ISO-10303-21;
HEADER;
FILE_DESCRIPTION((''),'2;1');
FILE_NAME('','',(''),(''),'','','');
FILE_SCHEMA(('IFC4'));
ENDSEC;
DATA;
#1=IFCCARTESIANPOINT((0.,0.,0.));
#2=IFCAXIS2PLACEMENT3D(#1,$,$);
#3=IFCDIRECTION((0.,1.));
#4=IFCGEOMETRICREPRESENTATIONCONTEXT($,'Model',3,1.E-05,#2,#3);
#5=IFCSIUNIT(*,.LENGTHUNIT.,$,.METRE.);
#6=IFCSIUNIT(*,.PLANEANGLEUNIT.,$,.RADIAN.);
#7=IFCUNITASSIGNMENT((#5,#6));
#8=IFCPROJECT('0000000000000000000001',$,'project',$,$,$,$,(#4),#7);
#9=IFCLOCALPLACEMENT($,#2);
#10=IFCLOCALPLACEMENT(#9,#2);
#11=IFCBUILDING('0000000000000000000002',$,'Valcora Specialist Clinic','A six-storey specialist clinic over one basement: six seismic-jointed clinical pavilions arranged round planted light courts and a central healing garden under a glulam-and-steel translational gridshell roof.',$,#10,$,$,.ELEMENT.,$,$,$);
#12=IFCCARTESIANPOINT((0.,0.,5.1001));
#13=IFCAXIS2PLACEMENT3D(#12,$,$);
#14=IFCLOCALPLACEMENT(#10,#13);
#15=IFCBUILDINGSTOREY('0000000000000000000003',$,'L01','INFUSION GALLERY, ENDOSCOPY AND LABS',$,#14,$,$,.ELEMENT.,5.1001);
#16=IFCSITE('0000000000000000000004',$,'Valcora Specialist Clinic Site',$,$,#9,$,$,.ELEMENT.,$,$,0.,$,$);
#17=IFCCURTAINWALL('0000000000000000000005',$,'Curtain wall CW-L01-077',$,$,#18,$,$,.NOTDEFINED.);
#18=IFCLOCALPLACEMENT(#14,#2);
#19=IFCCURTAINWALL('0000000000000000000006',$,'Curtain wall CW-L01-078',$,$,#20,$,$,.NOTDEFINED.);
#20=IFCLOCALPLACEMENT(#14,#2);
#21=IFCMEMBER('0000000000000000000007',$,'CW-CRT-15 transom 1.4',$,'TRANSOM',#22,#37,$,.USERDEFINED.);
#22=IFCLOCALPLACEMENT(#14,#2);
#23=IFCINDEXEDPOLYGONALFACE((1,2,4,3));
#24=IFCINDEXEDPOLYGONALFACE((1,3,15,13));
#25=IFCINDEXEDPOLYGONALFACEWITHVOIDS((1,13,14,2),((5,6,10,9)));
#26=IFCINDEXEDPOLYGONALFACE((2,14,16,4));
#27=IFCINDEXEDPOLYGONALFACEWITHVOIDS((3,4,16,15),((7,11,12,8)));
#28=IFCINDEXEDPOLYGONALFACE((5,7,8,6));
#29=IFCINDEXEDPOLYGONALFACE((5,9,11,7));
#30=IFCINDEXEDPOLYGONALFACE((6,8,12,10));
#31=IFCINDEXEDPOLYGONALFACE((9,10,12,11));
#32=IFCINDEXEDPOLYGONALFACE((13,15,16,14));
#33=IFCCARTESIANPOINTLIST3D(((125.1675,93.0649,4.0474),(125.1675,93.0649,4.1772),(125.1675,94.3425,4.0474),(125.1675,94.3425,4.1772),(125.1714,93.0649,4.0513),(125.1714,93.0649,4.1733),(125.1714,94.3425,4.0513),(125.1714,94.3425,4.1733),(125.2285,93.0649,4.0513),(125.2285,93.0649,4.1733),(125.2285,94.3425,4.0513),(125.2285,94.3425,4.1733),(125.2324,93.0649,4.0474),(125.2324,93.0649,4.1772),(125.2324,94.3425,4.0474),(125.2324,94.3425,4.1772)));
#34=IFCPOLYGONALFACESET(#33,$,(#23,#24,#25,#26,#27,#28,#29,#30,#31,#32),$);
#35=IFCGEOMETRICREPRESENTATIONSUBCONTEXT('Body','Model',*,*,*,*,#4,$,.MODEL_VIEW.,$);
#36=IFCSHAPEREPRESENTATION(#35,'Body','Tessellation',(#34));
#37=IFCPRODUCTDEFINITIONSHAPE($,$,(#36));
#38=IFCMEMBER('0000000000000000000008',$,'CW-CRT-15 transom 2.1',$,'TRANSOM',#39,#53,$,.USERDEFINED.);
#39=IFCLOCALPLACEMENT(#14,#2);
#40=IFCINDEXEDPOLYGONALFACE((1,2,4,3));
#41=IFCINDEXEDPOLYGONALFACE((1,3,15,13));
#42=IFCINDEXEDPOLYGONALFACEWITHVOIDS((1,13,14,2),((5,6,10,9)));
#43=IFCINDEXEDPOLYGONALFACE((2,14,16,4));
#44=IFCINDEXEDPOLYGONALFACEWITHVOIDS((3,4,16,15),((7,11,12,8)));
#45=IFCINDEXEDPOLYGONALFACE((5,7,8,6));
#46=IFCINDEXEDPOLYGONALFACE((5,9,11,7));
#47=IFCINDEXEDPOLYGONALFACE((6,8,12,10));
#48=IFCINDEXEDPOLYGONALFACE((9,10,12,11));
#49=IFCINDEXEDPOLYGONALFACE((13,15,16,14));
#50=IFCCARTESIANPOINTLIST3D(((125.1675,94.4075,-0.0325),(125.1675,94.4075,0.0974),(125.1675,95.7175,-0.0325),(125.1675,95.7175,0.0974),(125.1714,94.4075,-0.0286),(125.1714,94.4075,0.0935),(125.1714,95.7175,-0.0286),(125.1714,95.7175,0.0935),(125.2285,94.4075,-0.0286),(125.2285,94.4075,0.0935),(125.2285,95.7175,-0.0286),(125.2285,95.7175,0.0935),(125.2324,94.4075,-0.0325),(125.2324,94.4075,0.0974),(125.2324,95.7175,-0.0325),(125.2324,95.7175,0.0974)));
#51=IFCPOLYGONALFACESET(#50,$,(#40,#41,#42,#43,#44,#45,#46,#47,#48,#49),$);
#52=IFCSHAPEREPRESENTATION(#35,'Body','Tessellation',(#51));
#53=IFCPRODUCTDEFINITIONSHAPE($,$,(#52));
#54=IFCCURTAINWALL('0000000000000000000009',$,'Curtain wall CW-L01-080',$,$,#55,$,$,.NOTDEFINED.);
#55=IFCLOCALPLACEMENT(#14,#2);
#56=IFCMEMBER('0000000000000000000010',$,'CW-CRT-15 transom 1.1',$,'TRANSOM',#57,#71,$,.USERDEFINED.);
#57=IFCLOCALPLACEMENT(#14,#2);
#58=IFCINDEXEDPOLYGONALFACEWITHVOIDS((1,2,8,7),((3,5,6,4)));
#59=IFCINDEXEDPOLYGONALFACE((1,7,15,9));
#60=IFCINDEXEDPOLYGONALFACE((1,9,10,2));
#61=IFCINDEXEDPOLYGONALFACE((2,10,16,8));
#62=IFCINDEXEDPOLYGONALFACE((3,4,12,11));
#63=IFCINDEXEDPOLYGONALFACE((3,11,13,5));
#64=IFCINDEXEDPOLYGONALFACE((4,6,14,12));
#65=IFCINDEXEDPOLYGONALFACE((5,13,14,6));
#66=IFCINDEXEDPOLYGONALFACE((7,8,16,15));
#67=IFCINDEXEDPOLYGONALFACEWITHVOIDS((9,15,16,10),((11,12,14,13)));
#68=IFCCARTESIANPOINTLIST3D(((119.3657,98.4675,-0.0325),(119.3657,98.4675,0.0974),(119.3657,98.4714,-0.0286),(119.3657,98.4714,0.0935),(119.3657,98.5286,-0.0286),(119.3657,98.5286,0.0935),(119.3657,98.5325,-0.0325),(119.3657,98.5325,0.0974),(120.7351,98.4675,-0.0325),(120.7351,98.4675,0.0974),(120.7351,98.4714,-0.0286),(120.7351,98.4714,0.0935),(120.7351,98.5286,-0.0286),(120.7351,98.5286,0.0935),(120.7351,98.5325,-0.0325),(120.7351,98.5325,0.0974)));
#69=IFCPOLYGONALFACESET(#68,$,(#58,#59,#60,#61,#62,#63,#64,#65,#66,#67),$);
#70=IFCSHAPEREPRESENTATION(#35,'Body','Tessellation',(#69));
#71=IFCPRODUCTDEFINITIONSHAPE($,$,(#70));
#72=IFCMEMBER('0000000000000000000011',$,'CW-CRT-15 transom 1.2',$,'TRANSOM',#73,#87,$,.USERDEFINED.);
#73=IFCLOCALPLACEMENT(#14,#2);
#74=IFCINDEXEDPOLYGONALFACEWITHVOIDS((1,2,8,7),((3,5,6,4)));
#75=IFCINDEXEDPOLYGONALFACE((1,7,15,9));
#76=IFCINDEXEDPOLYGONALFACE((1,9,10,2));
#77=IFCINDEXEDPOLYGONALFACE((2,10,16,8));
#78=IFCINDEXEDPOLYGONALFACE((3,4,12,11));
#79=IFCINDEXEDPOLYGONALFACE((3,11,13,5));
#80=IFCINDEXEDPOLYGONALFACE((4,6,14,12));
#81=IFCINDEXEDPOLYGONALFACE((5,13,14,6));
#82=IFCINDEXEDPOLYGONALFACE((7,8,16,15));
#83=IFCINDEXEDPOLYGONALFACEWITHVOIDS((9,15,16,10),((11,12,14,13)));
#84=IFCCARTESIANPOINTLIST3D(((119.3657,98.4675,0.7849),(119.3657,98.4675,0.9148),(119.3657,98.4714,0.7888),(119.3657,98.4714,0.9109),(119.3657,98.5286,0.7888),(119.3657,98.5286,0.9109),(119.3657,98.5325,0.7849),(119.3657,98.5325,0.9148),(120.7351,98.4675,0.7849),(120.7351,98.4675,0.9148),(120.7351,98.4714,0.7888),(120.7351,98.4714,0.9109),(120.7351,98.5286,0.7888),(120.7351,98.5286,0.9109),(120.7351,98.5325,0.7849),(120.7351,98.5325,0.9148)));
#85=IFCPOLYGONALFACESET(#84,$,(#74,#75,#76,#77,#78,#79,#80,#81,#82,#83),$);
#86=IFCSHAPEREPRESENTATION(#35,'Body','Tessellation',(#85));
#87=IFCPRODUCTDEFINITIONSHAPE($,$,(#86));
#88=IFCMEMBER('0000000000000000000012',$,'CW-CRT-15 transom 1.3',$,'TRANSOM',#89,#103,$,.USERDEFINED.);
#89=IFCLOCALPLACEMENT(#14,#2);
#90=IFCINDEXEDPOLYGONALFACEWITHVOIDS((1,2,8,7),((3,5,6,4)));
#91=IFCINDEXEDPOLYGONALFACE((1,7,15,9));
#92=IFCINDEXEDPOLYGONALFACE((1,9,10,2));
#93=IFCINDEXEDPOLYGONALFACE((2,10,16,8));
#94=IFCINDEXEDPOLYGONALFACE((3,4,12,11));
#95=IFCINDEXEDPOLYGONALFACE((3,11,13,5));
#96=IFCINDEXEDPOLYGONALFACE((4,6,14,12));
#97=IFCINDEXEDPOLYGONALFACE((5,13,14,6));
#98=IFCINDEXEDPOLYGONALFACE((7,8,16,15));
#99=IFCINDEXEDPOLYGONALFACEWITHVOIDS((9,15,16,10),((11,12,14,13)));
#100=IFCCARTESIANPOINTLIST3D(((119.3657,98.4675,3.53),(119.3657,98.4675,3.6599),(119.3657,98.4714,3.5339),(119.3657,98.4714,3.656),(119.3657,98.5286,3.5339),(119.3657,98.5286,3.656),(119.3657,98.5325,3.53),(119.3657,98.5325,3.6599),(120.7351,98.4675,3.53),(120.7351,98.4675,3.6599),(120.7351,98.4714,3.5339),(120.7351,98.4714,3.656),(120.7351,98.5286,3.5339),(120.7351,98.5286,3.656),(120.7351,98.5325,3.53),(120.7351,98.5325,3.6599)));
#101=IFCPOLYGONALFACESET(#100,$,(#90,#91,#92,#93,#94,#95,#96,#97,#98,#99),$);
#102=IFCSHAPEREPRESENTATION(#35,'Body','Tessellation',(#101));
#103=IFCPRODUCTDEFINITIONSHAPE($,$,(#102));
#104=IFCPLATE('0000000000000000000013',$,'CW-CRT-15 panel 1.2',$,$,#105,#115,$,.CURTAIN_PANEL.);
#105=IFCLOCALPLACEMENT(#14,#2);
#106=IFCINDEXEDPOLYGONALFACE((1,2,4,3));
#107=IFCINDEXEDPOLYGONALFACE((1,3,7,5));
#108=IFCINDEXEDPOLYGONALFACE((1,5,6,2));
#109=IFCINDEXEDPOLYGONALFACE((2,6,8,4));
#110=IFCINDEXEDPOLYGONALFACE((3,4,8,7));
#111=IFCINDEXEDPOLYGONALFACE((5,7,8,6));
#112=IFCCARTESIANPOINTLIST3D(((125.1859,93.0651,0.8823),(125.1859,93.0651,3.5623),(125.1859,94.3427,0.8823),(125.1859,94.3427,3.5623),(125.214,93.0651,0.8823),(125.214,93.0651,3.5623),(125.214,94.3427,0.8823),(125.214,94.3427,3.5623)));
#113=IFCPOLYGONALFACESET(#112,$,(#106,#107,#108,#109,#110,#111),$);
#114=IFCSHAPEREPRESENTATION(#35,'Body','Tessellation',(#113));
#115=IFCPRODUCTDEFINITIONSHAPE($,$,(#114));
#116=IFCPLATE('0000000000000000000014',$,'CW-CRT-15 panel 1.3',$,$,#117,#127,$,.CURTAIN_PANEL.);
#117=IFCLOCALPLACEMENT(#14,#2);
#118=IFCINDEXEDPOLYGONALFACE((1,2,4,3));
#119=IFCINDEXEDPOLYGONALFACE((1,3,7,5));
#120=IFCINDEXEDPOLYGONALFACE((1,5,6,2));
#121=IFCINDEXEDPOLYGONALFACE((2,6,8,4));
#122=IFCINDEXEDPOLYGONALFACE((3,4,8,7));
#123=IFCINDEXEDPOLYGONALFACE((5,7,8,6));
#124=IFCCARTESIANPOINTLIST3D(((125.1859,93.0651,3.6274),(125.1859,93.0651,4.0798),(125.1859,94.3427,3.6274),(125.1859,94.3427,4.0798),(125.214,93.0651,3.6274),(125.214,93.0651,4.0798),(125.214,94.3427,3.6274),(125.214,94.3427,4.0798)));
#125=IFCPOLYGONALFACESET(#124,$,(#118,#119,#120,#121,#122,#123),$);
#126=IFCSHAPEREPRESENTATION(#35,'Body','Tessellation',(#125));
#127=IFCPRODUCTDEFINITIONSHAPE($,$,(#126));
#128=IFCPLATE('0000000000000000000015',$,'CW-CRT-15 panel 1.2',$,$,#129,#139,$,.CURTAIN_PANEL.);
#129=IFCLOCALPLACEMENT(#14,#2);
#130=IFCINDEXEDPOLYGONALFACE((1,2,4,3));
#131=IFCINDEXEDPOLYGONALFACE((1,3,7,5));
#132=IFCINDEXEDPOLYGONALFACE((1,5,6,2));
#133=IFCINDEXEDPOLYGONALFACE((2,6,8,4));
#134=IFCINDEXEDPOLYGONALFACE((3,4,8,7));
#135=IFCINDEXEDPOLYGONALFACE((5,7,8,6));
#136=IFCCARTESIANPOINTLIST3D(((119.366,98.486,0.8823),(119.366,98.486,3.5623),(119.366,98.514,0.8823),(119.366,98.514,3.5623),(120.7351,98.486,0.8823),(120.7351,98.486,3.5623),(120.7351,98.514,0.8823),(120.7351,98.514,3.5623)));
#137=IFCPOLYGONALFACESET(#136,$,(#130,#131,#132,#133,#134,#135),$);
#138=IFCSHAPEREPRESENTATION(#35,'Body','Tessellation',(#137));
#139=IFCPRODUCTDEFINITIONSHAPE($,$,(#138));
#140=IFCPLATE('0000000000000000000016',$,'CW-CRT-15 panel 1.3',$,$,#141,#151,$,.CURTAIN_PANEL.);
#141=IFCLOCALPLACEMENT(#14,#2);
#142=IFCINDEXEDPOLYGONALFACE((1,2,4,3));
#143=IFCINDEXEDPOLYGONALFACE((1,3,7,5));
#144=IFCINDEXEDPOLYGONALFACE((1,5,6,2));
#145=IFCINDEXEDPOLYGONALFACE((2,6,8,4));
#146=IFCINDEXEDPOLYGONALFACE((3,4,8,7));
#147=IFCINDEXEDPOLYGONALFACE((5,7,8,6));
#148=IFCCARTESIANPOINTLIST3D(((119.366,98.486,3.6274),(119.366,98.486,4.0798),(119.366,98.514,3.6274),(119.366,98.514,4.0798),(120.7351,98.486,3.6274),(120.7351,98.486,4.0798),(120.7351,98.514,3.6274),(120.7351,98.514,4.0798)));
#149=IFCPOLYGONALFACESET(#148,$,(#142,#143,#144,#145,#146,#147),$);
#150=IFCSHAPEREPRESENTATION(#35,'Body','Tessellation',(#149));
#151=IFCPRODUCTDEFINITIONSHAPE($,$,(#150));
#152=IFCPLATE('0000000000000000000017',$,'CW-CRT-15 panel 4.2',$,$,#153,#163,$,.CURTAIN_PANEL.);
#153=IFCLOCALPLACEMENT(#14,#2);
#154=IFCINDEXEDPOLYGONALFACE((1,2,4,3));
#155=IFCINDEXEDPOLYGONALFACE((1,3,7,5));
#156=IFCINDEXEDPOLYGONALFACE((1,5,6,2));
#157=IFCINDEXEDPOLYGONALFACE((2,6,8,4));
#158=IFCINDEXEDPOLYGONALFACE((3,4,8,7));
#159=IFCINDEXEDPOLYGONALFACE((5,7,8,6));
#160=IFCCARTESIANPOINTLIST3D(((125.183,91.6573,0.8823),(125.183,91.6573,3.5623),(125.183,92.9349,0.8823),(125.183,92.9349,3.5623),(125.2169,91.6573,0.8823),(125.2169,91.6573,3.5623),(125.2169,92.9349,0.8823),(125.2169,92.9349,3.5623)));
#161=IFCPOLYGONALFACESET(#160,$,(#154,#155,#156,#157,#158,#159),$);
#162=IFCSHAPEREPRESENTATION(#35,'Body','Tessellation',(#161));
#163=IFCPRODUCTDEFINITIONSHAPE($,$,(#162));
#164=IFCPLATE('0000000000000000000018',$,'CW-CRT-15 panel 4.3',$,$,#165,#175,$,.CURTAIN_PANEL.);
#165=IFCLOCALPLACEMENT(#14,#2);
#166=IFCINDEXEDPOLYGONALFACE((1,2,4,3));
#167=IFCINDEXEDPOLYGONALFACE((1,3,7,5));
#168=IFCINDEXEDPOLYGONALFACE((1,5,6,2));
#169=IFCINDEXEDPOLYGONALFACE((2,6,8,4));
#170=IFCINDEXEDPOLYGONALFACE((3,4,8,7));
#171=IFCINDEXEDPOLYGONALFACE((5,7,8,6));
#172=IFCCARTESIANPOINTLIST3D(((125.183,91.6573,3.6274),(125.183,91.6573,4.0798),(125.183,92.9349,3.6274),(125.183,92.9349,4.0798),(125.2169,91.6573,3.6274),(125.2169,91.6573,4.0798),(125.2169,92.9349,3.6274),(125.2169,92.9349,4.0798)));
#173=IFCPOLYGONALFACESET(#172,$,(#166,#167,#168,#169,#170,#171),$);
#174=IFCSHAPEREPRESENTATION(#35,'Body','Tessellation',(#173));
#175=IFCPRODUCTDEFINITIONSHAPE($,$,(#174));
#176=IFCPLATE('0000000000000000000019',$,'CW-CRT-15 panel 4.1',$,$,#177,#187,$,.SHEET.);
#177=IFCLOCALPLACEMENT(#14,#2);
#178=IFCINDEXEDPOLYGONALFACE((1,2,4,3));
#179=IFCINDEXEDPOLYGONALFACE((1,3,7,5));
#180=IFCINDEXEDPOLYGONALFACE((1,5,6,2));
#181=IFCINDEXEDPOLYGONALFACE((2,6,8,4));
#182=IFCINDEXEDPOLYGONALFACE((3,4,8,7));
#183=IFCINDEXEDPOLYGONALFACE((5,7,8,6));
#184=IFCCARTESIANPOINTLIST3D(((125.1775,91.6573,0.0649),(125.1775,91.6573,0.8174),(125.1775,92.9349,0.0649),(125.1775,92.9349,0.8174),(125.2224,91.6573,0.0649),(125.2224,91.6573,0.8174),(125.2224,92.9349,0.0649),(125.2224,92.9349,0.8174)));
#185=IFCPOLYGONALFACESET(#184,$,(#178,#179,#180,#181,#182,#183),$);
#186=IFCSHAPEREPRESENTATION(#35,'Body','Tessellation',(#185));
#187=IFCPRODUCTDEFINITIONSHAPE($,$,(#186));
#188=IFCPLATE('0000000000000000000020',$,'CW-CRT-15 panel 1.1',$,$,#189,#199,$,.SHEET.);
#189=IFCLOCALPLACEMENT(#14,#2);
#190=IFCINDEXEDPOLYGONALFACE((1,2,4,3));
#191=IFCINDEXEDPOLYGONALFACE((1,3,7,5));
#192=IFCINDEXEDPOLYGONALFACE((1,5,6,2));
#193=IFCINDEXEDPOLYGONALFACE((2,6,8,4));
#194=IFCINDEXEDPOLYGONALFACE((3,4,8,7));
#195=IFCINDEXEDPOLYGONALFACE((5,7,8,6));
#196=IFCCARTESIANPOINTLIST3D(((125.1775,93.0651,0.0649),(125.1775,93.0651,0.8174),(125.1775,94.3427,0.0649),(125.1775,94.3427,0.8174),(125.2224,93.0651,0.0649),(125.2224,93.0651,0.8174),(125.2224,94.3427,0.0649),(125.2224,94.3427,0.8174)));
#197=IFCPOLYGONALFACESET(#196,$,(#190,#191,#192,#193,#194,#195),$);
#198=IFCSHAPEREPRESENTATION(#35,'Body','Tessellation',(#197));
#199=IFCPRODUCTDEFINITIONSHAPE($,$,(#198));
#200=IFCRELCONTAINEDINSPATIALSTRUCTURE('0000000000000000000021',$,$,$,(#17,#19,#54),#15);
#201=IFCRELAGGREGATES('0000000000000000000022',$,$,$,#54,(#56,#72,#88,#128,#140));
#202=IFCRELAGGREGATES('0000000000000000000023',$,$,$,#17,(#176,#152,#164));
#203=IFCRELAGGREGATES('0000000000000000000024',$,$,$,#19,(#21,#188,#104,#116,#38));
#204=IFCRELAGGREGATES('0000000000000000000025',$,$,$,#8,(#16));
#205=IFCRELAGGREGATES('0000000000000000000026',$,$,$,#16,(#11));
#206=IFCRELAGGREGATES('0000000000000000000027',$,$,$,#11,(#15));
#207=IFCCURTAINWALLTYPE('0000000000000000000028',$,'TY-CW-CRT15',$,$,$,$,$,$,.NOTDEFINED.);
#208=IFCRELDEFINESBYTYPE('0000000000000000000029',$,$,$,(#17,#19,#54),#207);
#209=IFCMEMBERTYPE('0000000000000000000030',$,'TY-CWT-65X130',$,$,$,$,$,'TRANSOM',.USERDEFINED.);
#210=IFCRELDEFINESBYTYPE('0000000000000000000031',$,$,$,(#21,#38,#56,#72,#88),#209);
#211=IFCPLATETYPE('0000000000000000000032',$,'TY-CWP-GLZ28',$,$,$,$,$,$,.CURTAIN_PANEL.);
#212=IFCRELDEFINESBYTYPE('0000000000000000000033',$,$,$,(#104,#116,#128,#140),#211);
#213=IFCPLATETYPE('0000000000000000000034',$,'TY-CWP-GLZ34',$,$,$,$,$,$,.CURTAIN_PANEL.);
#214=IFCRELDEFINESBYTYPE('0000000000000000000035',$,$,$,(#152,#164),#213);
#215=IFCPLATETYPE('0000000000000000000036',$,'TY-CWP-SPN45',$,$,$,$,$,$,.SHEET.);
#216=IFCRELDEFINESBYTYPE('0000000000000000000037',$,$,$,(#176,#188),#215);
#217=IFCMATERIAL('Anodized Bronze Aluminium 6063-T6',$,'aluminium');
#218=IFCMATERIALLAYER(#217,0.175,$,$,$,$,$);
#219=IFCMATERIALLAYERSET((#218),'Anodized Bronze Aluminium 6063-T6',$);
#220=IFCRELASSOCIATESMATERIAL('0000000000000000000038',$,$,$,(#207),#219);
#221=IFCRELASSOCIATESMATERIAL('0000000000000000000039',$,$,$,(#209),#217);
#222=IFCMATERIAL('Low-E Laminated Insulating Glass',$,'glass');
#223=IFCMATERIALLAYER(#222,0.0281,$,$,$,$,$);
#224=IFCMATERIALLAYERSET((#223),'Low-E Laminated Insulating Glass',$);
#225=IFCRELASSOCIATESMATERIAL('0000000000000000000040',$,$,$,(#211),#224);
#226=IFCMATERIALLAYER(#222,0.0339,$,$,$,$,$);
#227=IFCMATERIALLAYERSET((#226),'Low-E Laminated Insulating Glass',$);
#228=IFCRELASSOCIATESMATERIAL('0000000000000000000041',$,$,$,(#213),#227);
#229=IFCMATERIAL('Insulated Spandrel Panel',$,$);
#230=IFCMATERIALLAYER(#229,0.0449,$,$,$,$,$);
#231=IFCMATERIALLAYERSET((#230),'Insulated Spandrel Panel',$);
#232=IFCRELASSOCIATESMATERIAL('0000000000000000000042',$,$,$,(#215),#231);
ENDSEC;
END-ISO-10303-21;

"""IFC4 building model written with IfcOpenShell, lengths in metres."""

from ifc_helpers import new_model, si_unit, direction, frame, origin, origin_2d, place, context, subcontext, project, spatial, rectangle, hollow_rectangle, extrude, material, layer, layer_set, material_profile, profile_set, type_object, element, aggregate, save


model = new_model("IFC4")

# Units and contexts
model_context = context("Model", 3, precision=1e-05, world=origin(), true_north=direction((0.0, 1.0)))
body_context = subcontext(model_context, "Body", "Model", "MODEL_VIEW")
ifc_project = project(units=[si_unit("LENGTHUNIT", "METRE"), si_unit("PLANEANGLEUNIT", "RADIAN")], contexts=[model_context])

# Site, building, storey
site_placement = place(None, origin())
site = spatial("IfcSite", under=ifc_project, at=site_placement, Name="Valcora Specialist Clinic Site", CompositionType="ELEMENT", RefElevation=0.0)
building_placement = place(site_placement, origin())
building = spatial("IfcBuilding", under=site, at=building_placement, Name="Valcora Specialist Clinic", Description="A six-storey specialist clinic over one basement: six seismic-jointed clinical pavilions arranged round planted light courts and a central healing garden under a glulam-and-steel translational gridshell roof.", CompositionType="ELEMENT")
storey_placement = place(building_placement, frame((0.0, 0.0, 5.1001)))
storey = spatial("IfcBuildingStorey", under=building, at=storey_placement, Name="L01", Description="INFUSION GALLERY, ENDOSCOPY AND LABS", CompositionType="ELEMENT", Elevation=5.1001)

# Curtain walls
ifc_material_1 = material(Name="Anodized Bronze Aluminium 6063-T6", Category="aluminium")
ifc_layer_1 = layer(ifc_material_1, 0.175)
ifc_layer_set_1 = layer_set([ifc_layer_1], Name="Anodized Bronze Aluminium 6063-T6")
curtain_wall_type = type_object("IfcCurtainWallType", Name="TY-CW-CRT15", PredefinedType="NOTDEFINED", material=ifc_layer_set_1)
curtain_wall_1_placement = place(storey_placement, origin())
curtain_wall_1 = element("IfcCurtainWall", 1, at=curtain_wall_1_placement, inside=storey, type_object=curtain_wall_type, Name="Curtain wall CW-L01-077", PredefinedType="NOTDEFINED")
curtain_wall_2_placement = place(storey_placement, origin())
curtain_wall_2 = element("IfcCurtainWall", 2, at=curtain_wall_2_placement, inside=storey, type_object=curtain_wall_type, Name="Curtain wall CW-L01-078", PredefinedType="NOTDEFINED")

# Members
ifc_material_profile_1 = material_profile(ifc_material_1, hollow_rectangle(XDim=0.0649, YDim=0.1299, WallThickness=0.0039, at=origin_2d()), Name="AL-TRN-65X130")
ifc_profile_set_1 = profile_set([ifc_material_profile_1], Name="Anodized Bronze Aluminium 6063-T6")
member_type_1 = type_object("IfcMemberType", Name="TY-CWT-65X130", ElementType="TRANSOM", PredefinedType="USERDEFINED", material=ifc_profile_set_1)
member_1_placement = place(storey_placement, frame((125.2, 93.0649, 4.1123), z_axis=(0.0, 1.0, 0.0), x_axis=(-1.0, 0.0, 0.0)))
member_1 = element("IfcMember", 3, at=member_1_placement, type_object=member_type_1, Name="CW-CRT-15 transom 1.4", ObjectType="TRANSOM", PredefinedType="USERDEFINED", context=body_context, shape_type="SweptSolid", body=[
    extrude(hollow_rectangle(XDim=0.0649, YDim=0.1299, WallThickness=0.0039, at=origin_2d()), origin(), (0.0, 0.0, 1.0), 1.2776),
])
member_2_placement = place(storey_placement, frame((125.2, 94.4075, 0.0325), z_axis=(0.0, 1.0, 0.0), x_axis=(-1.0, 0.0, 0.0)))
member_2 = element("IfcMember", 4, at=member_2_placement, type_object=member_type_1, Name="CW-CRT-15 transom 2.1", ObjectType="TRANSOM", PredefinedType="USERDEFINED", context=body_context, shape_type="SweptSolid", body=[
    extrude(hollow_rectangle(XDim=0.0649, YDim=0.1299, WallThickness=0.0039, at=origin_2d()), origin(), (0.0, 0.0, 1.0), 1.3101),
])

# Curtain wall, members
curtain_wall_3_placement = place(storey_placement, origin())
curtain_wall_3 = element("IfcCurtainWall", 5, at=curtain_wall_3_placement, inside=storey, type_object=curtain_wall_type, Name="Curtain wall CW-L01-080", PredefinedType="NOTDEFINED")
member_3_placement = place(storey_placement, frame((120.7351, 98.5, 0.0325), z_axis=(-1.0, 0.0, 0.0), x_axis=(0.0, -1.0, 0.0)))
member_3 = element("IfcMember", 6, at=member_3_placement, type_object=member_type_1, Name="CW-CRT-15 transom 1.1", ObjectType="TRANSOM", PredefinedType="USERDEFINED", context=body_context, shape_type="SweptSolid", body=[
    extrude(hollow_rectangle(XDim=0.0649, YDim=0.1299, WallThickness=0.0039, at=origin_2d()), origin(), (0.0, 0.0, 1.0), 1.3694),
])
member_4_placement = place(storey_placement, frame((120.7351, 98.5, 0.8499), z_axis=(-1.0, 0.0, 0.0), x_axis=(0.0, -1.0, 0.0)))
member_4 = element("IfcMember", 7, at=member_4_placement, type_object=member_type_1, Name="CW-CRT-15 transom 1.2", ObjectType="TRANSOM", PredefinedType="USERDEFINED", context=body_context, shape_type="SweptSolid", body=[
    extrude(hollow_rectangle(XDim=0.0649, YDim=0.1299, WallThickness=0.0039, at=origin_2d()), origin(), (0.0, 0.0, 1.0), 1.3694),
])
member_5_placement = place(storey_placement, frame((120.7351, 98.5, 3.595), z_axis=(-1.0, 0.0, 0.0), x_axis=(0.0, -1.0, 0.0)))
member_5 = element("IfcMember", 8, at=member_5_placement, type_object=member_type_1, Name="CW-CRT-15 transom 1.3", ObjectType="TRANSOM", PredefinedType="USERDEFINED", context=body_context, shape_type="SweptSolid", body=[
    extrude(hollow_rectangle(XDim=0.0649, YDim=0.1299, WallThickness=0.0039, at=origin_2d()), origin(), (0.0, 0.0, 1.0), 1.3694),
])

# Plates
ifc_material_2 = material(Name="Low-E Laminated Insulating Glass", Category="glass")
ifc_layer_2 = layer(ifc_material_2, 0.0281)
ifc_layer_set_2 = layer_set([ifc_layer_2], Name="Low-E Laminated Insulating Glass")
plate_type_1 = type_object("IfcPlateType", Name="TY-CWP-GLZ28", PredefinedType="CURTAIN_PANEL", material=ifc_layer_set_2)
plate_1_placement = place(storey_placement, frame((125.2, 93.7039, 0.8823), z_axis=(0.0, 0.0, 1.0), x_axis=(0.0, 1.0, 0.0)))
plate_1 = element("IfcPlate", 9, at=plate_1_placement, type_object=plate_type_1, Name="CW-CRT-15 panel 1.2", PredefinedType="CURTAIN_PANEL", context=body_context, shape_type="SweptSolid", body=[
    extrude(rectangle(XDim=1.2776, YDim=0.0281, at=origin_2d()), origin(), (0.0, 0.0, 1.0), 2.6799),
])
plate_2_placement = place(storey_placement, frame((125.2, 93.7039, 3.6274), z_axis=(0.0, 0.0, 1.0), x_axis=(0.0, 1.0, 0.0)))
plate_2 = element("IfcPlate", 10, at=plate_2_placement, type_object=plate_type_1, Name="CW-CRT-15 panel 1.3", PredefinedType="CURTAIN_PANEL", context=body_context, shape_type="SweptSolid", body=[
    extrude(rectangle(XDim=1.2776, YDim=0.0281, at=origin_2d()), origin(), (0.0, 0.0, 1.0), 0.4524),
])
plate_3_placement = place(storey_placement, frame((120.0505, 98.5, 0.8823), z_axis=(0.0, 0.0, 1.0), x_axis=(-1.0, 0.0, 0.0)))
plate_3 = element("IfcPlate", 11, at=plate_3_placement, type_object=plate_type_1, Name="CW-CRT-15 panel 1.2", PredefinedType="CURTAIN_PANEL", context=body_context, shape_type="SweptSolid", body=[
    extrude(rectangle(XDim=1.3691, YDim=0.0281, at=origin_2d()), origin(), (0.0, 0.0, 1.0), 2.6799),
])
plate_4_placement = place(storey_placement, frame((120.0505, 98.5, 3.6274), z_axis=(0.0, 0.0, 1.0), x_axis=(-1.0, 0.0, 0.0)))
plate_4 = element("IfcPlate", 12, at=plate_4_placement, type_object=plate_type_1, Name="CW-CRT-15 panel 1.3", PredefinedType="CURTAIN_PANEL", context=body_context, shape_type="SweptSolid", body=[
    extrude(rectangle(XDim=1.3691, YDim=0.0281, at=origin_2d()), origin(), (0.0, 0.0, 1.0), 0.4524),
])
aggregate(curtain_wall_3, [member_3, member_4, member_5, plate_3, plate_4])
ifc_layer_3 = layer(ifc_material_2, 0.0339)
ifc_layer_set_3 = layer_set([ifc_layer_3], Name="Low-E Laminated Insulating Glass")
plate_type_2 = type_object("IfcPlateType", Name="TY-CWP-GLZ34", PredefinedType="CURTAIN_PANEL", material=ifc_layer_set_3)
plate_5_placement = place(storey_placement, frame((125.2, 92.2961, 0.8823), z_axis=(0.0, 0.0, 1.0), x_axis=(0.0, 1.0, 0.0)))
plate_5 = element("IfcPlate", 13, at=plate_5_placement, type_object=plate_type_2, Name="CW-CRT-15 panel 4.2", PredefinedType="CURTAIN_PANEL", context=body_context, shape_type="SweptSolid", body=[
    extrude(rectangle(XDim=1.2776, YDim=0.0339, at=origin_2d()), origin(), (0.0, 0.0, 1.0), 2.6799),
])
plate_6_placement = place(storey_placement, frame((125.2, 92.2961, 3.6274), z_axis=(0.0, 0.0, 1.0), x_axis=(0.0, 1.0, 0.0)))
plate_6 = element("IfcPlate", 14, at=plate_6_placement, type_object=plate_type_2, Name="CW-CRT-15 panel 4.3", PredefinedType="CURTAIN_PANEL", context=body_context, shape_type="SweptSolid", body=[
    extrude(rectangle(XDim=1.2776, YDim=0.0339, at=origin_2d()), origin(), (0.0, 0.0, 1.0), 0.4524),
])
ifc_material_3 = material(Name="Insulated Spandrel Panel")
ifc_layer_4 = layer(ifc_material_3, 0.0449)
ifc_layer_set_4 = layer_set([ifc_layer_4], Name="Insulated Spandrel Panel")
plate_type_3 = type_object("IfcPlateType", Name="TY-CWP-SPN45", PredefinedType="SHEET", material=ifc_layer_set_4)
plate_7_placement = place(storey_placement, frame((125.2, 92.2961, 0.0649), z_axis=(0.0, 0.0, 1.0), x_axis=(0.0, 1.0, 0.0)))
plate_7 = element("IfcPlate", 15, at=plate_7_placement, type_object=plate_type_3, Name="CW-CRT-15 panel 4.1", PredefinedType="SHEET", context=body_context, shape_type="SweptSolid", body=[
    extrude(rectangle(XDim=1.2776, YDim=0.0449, at=origin_2d()), origin(), (0.0, 0.0, 1.0), 0.7524),
])
aggregate(curtain_wall_1, [plate_7, plate_5, plate_6])
plate_8_placement = place(storey_placement, frame((125.2, 93.7039, 0.0649), z_axis=(0.0, 0.0, 1.0), x_axis=(0.0, 1.0, 0.0)))
plate_8 = element("IfcPlate", 16, at=plate_8_placement, type_object=plate_type_3, Name="CW-CRT-15 panel 1.1", PredefinedType="SHEET", context=body_context, shape_type="SweptSolid", body=[
    extrude(rectangle(XDim=1.2776, YDim=0.0449, at=origin_2d()), origin(), (0.0, 0.0, 1.0), 0.7524),
])
aggregate(curtain_wall_2, [member_1, plate_8, plate_1, plate_2, member_2])

save(model, "model.ifc")
